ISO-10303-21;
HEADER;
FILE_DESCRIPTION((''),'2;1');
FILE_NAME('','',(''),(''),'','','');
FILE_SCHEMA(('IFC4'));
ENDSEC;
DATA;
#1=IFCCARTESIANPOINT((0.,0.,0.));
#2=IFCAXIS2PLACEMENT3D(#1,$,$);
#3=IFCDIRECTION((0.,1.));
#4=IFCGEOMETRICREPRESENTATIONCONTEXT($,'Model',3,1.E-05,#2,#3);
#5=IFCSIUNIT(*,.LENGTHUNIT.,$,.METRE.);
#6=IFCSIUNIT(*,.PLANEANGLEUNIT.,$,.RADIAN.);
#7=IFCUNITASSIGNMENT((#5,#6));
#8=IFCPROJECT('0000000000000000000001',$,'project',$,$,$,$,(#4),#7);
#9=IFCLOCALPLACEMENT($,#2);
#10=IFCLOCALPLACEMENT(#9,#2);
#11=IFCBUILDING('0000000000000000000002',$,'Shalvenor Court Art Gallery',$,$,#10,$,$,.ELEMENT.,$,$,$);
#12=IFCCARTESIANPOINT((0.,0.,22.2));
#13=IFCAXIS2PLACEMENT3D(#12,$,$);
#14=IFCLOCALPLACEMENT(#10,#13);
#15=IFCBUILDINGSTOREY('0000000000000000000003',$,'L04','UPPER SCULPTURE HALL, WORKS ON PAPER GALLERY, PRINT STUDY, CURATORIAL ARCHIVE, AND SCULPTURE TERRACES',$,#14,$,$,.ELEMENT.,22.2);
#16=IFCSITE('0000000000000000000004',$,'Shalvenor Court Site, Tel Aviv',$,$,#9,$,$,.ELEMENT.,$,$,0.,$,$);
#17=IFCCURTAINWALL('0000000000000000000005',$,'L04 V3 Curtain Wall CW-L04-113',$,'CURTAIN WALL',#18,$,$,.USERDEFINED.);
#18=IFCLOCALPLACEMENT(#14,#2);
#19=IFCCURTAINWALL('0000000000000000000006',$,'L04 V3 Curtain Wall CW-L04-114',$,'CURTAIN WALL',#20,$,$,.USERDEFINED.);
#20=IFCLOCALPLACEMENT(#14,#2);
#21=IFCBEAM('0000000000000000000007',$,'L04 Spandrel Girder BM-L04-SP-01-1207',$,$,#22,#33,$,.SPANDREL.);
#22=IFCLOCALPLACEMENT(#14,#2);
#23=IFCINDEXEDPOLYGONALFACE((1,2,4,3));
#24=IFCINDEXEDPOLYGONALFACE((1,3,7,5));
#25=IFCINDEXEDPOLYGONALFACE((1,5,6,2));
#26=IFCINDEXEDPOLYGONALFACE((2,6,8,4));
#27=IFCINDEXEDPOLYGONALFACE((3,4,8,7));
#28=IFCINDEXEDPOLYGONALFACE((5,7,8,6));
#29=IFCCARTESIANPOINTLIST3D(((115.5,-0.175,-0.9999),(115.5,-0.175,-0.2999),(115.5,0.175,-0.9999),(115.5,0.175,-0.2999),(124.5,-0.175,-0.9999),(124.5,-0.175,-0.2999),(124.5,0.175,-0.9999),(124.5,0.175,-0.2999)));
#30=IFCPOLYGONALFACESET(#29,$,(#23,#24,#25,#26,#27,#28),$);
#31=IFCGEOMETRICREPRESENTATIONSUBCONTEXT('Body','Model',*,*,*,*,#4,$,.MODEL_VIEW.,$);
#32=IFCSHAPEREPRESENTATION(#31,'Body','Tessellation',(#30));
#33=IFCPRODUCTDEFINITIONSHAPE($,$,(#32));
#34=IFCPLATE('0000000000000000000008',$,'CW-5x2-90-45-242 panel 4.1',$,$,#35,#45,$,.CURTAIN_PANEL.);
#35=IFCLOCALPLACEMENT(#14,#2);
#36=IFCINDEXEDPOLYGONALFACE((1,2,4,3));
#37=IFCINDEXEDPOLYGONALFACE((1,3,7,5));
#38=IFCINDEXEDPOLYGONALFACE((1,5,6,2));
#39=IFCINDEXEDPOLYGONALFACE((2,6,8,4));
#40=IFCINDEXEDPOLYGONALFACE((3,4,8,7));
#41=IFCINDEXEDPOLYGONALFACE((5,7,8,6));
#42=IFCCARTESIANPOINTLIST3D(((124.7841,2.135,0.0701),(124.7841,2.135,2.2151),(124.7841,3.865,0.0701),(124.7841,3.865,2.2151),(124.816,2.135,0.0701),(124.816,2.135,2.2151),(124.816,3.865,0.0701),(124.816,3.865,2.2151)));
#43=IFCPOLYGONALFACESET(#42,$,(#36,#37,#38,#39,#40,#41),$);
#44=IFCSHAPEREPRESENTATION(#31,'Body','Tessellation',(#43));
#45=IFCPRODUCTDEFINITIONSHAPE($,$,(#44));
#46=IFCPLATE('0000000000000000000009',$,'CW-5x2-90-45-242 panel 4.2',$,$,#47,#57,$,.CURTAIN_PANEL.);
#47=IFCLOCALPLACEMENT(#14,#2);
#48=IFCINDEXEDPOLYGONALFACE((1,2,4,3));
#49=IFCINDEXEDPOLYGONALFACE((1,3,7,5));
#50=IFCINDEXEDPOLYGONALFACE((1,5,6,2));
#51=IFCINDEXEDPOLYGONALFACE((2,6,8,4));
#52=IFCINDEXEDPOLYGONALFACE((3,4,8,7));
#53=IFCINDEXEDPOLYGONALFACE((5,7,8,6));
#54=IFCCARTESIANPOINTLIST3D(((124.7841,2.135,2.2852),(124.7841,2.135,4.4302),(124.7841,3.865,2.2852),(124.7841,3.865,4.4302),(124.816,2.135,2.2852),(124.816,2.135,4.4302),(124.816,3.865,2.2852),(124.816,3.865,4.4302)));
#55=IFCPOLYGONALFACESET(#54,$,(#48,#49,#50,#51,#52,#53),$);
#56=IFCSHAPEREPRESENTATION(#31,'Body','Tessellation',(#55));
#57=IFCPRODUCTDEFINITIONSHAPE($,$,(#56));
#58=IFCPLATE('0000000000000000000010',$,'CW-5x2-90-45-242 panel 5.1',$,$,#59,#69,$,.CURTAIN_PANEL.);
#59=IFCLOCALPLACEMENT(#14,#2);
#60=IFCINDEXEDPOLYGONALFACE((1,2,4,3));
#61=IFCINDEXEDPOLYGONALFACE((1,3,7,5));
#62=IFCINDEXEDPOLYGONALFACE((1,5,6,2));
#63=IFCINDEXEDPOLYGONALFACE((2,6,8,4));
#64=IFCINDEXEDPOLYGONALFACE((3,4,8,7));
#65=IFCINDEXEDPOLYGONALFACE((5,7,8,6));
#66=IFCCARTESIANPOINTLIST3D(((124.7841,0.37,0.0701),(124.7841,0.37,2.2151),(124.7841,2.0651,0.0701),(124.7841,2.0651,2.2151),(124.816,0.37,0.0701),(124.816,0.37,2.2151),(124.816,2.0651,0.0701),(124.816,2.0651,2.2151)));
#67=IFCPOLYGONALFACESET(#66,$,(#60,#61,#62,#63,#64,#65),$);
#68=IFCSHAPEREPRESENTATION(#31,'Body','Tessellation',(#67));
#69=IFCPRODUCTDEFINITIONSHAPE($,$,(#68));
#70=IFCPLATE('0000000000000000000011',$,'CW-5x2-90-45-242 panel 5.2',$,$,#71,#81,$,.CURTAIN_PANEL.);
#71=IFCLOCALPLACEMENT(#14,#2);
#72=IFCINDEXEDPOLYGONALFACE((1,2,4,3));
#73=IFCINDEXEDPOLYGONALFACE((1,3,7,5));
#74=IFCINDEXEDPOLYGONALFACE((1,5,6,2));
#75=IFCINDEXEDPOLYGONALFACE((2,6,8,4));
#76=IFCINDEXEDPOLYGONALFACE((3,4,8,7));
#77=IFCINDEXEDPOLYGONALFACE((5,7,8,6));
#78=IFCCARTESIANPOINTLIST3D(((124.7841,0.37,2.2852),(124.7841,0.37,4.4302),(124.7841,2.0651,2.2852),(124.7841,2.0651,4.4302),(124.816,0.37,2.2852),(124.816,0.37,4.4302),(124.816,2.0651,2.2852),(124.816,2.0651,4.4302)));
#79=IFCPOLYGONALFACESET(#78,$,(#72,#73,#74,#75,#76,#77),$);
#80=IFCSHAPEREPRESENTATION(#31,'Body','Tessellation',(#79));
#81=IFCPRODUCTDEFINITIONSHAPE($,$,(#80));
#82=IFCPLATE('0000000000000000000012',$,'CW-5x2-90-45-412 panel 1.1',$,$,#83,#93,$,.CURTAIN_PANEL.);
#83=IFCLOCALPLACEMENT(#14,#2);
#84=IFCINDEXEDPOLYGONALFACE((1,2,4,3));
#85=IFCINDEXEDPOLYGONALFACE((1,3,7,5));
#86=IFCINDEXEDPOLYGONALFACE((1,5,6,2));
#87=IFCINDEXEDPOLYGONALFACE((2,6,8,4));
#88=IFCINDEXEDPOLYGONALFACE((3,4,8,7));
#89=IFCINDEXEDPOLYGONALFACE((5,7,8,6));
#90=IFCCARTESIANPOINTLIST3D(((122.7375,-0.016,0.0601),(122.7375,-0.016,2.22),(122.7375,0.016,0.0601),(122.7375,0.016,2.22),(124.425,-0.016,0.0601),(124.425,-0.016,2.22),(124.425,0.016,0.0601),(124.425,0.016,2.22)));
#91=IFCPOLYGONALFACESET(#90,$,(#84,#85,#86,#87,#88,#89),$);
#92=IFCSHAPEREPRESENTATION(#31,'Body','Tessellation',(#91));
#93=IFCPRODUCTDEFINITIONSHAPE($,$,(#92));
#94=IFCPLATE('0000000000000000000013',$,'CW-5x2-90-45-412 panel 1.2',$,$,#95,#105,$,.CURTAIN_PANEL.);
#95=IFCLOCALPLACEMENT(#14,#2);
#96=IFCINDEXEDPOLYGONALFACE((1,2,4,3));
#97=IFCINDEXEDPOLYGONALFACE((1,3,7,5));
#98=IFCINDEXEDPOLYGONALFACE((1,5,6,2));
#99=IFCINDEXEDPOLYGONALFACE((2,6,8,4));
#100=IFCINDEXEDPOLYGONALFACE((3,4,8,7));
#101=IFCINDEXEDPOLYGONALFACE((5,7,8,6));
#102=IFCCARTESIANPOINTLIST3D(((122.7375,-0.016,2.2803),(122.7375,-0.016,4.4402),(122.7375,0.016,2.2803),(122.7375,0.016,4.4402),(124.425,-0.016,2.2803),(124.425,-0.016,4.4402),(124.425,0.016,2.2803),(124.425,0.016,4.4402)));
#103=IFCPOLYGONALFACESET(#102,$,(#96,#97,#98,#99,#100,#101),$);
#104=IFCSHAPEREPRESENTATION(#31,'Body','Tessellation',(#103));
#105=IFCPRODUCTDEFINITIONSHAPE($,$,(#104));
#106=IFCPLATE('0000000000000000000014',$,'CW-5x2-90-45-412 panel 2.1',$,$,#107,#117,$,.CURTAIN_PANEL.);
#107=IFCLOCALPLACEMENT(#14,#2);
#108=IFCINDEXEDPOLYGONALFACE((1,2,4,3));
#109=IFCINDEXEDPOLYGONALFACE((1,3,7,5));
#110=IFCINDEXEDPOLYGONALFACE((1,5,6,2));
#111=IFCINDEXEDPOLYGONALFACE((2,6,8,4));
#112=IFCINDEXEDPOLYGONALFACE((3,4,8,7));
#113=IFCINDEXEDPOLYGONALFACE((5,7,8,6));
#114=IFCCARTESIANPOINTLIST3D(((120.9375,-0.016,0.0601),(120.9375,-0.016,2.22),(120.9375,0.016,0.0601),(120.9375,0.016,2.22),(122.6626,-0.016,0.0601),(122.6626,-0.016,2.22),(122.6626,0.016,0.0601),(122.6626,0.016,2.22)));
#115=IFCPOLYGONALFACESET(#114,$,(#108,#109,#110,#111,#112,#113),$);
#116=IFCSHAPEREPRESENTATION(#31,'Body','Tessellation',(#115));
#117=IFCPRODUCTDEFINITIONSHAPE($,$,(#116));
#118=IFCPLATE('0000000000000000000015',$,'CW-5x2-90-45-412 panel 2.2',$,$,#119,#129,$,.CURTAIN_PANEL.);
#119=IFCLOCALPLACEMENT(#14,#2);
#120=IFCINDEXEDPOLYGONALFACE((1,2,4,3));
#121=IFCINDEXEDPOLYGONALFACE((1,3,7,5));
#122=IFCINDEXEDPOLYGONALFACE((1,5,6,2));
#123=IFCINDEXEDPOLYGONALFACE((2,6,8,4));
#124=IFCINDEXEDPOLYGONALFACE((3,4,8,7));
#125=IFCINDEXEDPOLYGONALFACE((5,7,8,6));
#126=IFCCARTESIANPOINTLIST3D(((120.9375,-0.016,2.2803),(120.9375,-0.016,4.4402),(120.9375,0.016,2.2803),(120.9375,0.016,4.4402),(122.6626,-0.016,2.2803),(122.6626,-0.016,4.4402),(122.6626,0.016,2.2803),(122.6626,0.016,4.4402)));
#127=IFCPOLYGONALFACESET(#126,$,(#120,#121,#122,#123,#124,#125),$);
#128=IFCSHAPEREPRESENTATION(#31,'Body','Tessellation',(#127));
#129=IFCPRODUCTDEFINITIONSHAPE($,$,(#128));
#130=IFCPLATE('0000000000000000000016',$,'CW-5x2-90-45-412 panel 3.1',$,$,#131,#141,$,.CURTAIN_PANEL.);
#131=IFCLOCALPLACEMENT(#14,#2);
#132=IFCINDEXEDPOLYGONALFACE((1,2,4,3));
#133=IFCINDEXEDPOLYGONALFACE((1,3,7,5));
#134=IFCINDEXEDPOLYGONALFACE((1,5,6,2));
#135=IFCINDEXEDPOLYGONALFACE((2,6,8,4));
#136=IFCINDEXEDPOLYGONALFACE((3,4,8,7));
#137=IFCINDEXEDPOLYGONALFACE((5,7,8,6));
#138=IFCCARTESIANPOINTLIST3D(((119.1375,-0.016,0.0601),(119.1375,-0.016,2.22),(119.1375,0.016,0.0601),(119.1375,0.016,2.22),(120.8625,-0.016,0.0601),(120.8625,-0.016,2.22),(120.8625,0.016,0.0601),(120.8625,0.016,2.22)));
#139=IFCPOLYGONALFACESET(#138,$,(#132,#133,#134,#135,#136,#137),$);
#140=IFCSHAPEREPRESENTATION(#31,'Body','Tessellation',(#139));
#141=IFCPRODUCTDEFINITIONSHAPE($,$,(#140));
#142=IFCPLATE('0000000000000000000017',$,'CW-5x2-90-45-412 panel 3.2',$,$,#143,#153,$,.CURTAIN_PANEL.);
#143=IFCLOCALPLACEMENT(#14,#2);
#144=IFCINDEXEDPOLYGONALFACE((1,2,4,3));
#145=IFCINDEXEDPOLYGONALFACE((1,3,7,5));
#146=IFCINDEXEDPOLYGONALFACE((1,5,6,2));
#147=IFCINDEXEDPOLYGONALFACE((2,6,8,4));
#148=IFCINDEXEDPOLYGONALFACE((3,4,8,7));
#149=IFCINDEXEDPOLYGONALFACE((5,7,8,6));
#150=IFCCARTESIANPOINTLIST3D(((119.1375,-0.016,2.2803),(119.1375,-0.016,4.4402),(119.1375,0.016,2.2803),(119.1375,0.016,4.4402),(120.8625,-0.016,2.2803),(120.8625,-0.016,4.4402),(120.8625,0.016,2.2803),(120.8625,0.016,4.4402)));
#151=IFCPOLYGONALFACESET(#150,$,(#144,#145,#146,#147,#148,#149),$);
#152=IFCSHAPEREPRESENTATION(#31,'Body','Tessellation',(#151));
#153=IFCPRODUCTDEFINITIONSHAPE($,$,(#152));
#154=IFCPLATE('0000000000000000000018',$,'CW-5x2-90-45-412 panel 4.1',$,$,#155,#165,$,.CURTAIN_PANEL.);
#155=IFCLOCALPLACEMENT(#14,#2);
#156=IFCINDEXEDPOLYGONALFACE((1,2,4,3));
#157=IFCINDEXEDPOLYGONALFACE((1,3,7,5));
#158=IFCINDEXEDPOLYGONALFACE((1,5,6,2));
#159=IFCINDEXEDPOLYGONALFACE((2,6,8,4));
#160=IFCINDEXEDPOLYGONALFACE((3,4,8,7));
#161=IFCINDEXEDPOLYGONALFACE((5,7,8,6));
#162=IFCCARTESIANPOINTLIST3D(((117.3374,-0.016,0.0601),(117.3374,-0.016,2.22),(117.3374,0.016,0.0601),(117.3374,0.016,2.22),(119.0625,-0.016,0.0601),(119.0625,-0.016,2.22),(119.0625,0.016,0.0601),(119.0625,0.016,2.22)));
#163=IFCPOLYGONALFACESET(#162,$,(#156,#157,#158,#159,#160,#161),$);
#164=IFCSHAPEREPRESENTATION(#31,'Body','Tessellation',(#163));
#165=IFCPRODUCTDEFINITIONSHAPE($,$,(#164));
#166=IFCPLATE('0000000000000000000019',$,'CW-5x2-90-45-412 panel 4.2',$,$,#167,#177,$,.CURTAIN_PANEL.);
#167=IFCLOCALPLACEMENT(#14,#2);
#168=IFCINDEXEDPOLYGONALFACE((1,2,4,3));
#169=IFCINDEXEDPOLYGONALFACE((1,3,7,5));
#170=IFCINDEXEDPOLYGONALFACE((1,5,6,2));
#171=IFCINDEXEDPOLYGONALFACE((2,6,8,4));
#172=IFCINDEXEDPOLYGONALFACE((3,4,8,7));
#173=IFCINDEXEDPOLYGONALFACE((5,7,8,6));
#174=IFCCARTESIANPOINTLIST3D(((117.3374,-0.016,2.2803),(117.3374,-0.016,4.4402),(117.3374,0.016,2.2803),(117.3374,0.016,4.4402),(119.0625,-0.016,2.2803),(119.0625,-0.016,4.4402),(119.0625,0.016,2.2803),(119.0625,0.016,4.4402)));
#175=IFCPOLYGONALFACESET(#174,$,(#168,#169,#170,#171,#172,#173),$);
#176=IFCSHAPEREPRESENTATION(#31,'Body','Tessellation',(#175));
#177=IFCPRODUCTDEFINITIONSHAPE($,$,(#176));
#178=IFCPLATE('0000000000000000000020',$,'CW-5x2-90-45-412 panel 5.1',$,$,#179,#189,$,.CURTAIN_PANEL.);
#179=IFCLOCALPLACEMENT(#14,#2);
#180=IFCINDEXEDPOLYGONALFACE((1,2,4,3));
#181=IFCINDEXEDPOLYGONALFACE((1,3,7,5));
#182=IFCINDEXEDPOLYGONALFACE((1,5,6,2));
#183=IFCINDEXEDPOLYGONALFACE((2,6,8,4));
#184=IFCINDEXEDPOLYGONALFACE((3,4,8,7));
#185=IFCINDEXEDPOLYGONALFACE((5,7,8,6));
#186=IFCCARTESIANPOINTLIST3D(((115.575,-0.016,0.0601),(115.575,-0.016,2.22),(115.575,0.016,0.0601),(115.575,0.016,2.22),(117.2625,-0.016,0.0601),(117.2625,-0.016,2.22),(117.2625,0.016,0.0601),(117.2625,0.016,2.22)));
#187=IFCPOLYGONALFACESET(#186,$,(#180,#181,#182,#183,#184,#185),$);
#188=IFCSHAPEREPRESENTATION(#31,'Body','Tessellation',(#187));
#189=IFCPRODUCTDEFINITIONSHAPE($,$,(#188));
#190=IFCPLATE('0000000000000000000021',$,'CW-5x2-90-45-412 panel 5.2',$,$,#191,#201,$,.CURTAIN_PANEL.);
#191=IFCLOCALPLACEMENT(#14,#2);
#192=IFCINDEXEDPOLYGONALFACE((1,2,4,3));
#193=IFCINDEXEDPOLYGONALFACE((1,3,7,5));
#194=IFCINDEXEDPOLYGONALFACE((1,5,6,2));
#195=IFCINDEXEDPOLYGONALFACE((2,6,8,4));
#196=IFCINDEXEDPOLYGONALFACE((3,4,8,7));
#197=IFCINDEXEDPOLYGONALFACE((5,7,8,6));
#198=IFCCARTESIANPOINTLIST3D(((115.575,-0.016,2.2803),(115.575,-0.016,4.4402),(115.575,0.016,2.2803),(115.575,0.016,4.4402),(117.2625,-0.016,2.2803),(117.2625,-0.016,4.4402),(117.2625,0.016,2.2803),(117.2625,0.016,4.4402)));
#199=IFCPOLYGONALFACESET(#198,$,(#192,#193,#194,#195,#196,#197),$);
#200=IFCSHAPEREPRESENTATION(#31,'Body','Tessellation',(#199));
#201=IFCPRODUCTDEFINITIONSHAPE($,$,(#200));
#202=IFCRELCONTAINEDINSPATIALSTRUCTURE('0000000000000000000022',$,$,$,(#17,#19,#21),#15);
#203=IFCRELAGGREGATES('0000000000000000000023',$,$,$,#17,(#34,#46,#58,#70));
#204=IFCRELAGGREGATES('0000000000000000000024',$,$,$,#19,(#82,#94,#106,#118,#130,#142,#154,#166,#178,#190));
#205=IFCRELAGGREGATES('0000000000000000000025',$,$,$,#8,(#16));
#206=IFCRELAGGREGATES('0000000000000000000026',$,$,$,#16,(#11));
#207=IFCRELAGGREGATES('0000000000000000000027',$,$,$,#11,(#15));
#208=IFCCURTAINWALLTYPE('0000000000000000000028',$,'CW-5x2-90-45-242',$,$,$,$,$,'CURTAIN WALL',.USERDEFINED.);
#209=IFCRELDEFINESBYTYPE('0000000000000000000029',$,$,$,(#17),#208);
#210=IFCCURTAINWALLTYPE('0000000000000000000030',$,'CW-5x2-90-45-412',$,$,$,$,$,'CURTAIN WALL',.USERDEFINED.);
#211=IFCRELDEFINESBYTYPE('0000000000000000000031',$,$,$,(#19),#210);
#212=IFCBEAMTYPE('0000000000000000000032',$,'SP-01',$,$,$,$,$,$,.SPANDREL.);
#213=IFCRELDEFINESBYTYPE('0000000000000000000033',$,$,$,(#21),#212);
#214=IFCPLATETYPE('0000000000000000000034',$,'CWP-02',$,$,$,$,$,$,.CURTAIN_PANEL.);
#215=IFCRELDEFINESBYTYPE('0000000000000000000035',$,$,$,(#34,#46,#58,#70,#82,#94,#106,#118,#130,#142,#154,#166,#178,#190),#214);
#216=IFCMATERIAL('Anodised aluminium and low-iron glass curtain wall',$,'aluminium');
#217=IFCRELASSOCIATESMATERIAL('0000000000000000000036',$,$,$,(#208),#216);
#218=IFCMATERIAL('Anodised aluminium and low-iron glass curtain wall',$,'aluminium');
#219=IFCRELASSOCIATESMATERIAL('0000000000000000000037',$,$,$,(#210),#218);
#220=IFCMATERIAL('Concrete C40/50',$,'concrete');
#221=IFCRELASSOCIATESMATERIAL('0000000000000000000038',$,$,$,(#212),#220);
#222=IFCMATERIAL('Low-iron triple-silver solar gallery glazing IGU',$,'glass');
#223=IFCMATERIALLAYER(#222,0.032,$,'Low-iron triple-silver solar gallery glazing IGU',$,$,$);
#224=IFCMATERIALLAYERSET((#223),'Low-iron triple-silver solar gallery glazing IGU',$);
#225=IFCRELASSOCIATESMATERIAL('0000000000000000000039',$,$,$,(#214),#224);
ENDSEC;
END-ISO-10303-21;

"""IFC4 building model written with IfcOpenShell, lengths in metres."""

from ifc_helpers import new_model, si_unit, direction, frame, origin, origin_2d, place, context, subcontext, project, spatial, rectangle, extrude, material, layer, layer_set, material_profile, profile_set, type_object, element, aggregate, save


model = new_model("IFC4")

# Units and contexts
model_context = context("Model", 3, precision=1e-05, world=origin(), true_north=direction((0.0, 1.0)))
body_context = subcontext(model_context, "Body", "Model", "MODEL_VIEW")
ifc_project = project(units=[si_unit("LENGTHUNIT", "METRE"), si_unit("PLANEANGLEUNIT", "RADIAN")], contexts=[model_context])

# Site, building, storey
site_placement = place(None, origin())
site = spatial("IfcSite", under=ifc_project, at=site_placement, Name="Shalvenor Court Site, Tel Aviv", CompositionType="ELEMENT", RefElevation=0.0)
building_placement = place(site_placement, origin())
building = spatial("IfcBuilding", under=site, at=building_placement, Name="Shalvenor Court Art Gallery", CompositionType="ELEMENT")
storey_placement = place(building_placement, frame((0.0, 0.0, 22.2)))
storey = spatial("IfcBuildingStorey", under=building, at=storey_placement, Name="L04", Description="UPPER SCULPTURE HALL, WORKS ON PAPER GALLERY, PRINT STUDY, CURATORIAL ARCHIVE, AND SCULPTURE TERRACES", CompositionType="ELEMENT", Elevation=22.2)

# Curtain walls
ifc_material_1 = material(Name="Anodised aluminium and low-iron glass curtain wall", Category="aluminium")
curtain_wall_type_1 = type_object("IfcCurtainWallType", Name="CW-5x2-90-45-242", ElementType="CURTAIN WALL", PredefinedType="USERDEFINED", material=ifc_material_1)
curtain_wall_1_placement = place(storey_placement, origin())
curtain_wall_1 = element("IfcCurtainWall", 1, at=curtain_wall_1_placement, inside=storey, type_object=curtain_wall_type_1, Name="L04 V3 Curtain Wall CW-L04-113", ObjectType="CURTAIN WALL", PredefinedType="USERDEFINED")
ifc_material_2 = material(Name="Anodised aluminium and low-iron glass curtain wall", Category="aluminium")
curtain_wall_type_2 = type_object("IfcCurtainWallType", Name="CW-5x2-90-45-412", ElementType="CURTAIN WALL", PredefinedType="USERDEFINED", material=ifc_material_2)
curtain_wall_2_placement = place(storey_placement, origin())
curtain_wall_2 = element("IfcCurtainWall", 2, at=curtain_wall_2_placement, inside=storey, type_object=curtain_wall_type_2, Name="L04 V3 Curtain Wall CW-L04-114", ObjectType="CURTAIN WALL", PredefinedType="USERDEFINED")

# Beam
ifc_material_3 = material(Name="Concrete C40/50", Category="concrete")
ifc_material_profile_1 = material_profile(ifc_material_3, rectangle(XDim=0.3501, YDim=0.7, at=origin_2d()), Name="RC 350x700")
ifc_profile_set_1 = profile_set([ifc_material_profile_1], Name="Concrete C40/50")
beam_type_1 = type_object("IfcBeamType", Name="SP-01", PredefinedType="SPANDREL", material=ifc_profile_set_1)
beam_1_placement = place(storey_placement, frame((115.5, 0.0, -0.6499), z_axis=(1.0, 0.0, 0.0), x_axis=(0.0, 1.0, 0.0)))
element("IfcBeam", 3, at=beam_1_placement, inside=storey, type_object=beam_type_1, Name="L04 Spandrel Girder BM-L04-SP-01-1207", PredefinedType="SPANDREL", context=body_context, shape_type="SweptSolid", body=[
    extrude(rectangle(XDim=0.3501, YDim=0.7, at=origin_2d()), origin(), (0.0, 0.0, 1.0), 9.0),
])

# Plates
ifc_material_4 = material(Name="Low-iron triple-silver solar gallery glazing IGU", Category="glass")
ifc_layer_1 = layer(ifc_material_4, 0.032, Name="Low-iron triple-silver solar gallery glazing IGU")
ifc_layer_set_1 = layer_set([ifc_layer_1], Name="Low-iron triple-silver solar gallery glazing IGU")
plate_type_1 = type_object("IfcPlateType", Name="CWP-02", PredefinedType="CURTAIN_PANEL", material=ifc_layer_set_1)
plate_1_placement = place(storey_placement, frame((124.8, 3.0, 0.0701), z_axis=(0.0, 0.0, 1.0), x_axis=(0.0, -1.0, 0.0)))
plate_1 = element("IfcPlate", 4, at=plate_1_placement, type_object=plate_type_1, Name="CW-5x2-90-45-242 panel 4.1", PredefinedType="CURTAIN_PANEL", context=body_context, shape_type="SweptSolid", body=[
    extrude(rectangle(XDim=1.73, YDim=0.032, at=origin_2d()), origin(), (0.0, 0.0, 1.0), 2.145),
])
plate_2_placement = place(storey_placement, frame((124.8, 3.0, 2.2852), z_axis=(0.0, 0.0, 1.0), x_axis=(0.0, -1.0, 0.0)))
plate_2 = element("IfcPlate", 5, at=plate_2_placement, type_object=plate_type_1, Name="CW-5x2-90-45-242 panel 4.2", PredefinedType="CURTAIN_PANEL", context=body_context, shape_type="SweptSolid", body=[
    extrude(rectangle(XDim=1.73, YDim=0.032, at=origin_2d()), origin(), (0.0, 0.0, 1.0), 2.145),
])
plate_3_placement = place(storey_placement, frame((124.8, 1.2175, 0.0701), z_axis=(0.0, 0.0, 1.0), x_axis=(0.0, -1.0, 0.0)))
plate_3 = element("IfcPlate", 6, at=plate_3_placement, type_object=plate_type_1, Name="CW-5x2-90-45-242 panel 5.1", PredefinedType="CURTAIN_PANEL", context=body_context, shape_type="SweptSolid", body=[
    extrude(rectangle(XDim=1.6951, YDim=0.032, at=origin_2d()), origin(), (0.0, 0.0, 1.0), 2.145),
])
plate_4_placement = place(storey_placement, frame((124.8, 1.2175, 2.2852), z_axis=(0.0, 0.0, 1.0), x_axis=(0.0, -1.0, 0.0)))
plate_4 = element("IfcPlate", 7, at=plate_4_placement, type_object=plate_type_1, Name="CW-5x2-90-45-242 panel 5.2", PredefinedType="CURTAIN_PANEL", context=body_context, shape_type="SweptSolid", body=[
    extrude(rectangle(XDim=1.6951, YDim=0.032, at=origin_2d()), origin(), (0.0, 0.0, 1.0), 2.145),
])
aggregate(curtain_wall_1, [plate_1, plate_2, plate_3, plate_4])
plate_5_placement = place(storey_placement, frame((123.5813, 0.0, 0.0601), z_axis=(0.0, 0.0, 1.0), x_axis=(-1.0, 0.0, 0.0)))
plate_5 = element("IfcPlate", 8, at=plate_5_placement, type_object=plate_type_1, Name="CW-5x2-90-45-412 panel 1.1", PredefinedType="CURTAIN_PANEL", context=body_context, shape_type="SweptSolid", body=[
    extrude(rectangle(XDim=1.6875, YDim=0.032, at=origin_2d()), origin(), (0.0, 0.0, 1.0), 2.1599),
])
plate_6_placement = place(storey_placement, frame((123.5813, 0.0, 2.2803), z_axis=(0.0, 0.0, 1.0), x_axis=(-1.0, 0.0, 0.0)))
plate_6 = element("IfcPlate", 9, at=plate_6_placement, type_object=plate_type_1, Name="CW-5x2-90-45-412 panel 1.2", PredefinedType="CURTAIN_PANEL", context=body_context, shape_type="SweptSolid", body=[
    extrude(rectangle(XDim=1.6875, YDim=0.032, at=origin_2d()), origin(), (0.0, 0.0, 1.0), 2.1599),
])
plate_7_placement = place(storey_placement, frame((121.8, 0.0, 0.0601), z_axis=(0.0, 0.0, 1.0), x_axis=(-1.0, 0.0, 0.0)))
plate_7 = element("IfcPlate", 10, at=plate_7_placement, type_object=plate_type_1, Name="CW-5x2-90-45-412 panel 2.1", PredefinedType="CURTAIN_PANEL", context=body_context, shape_type="SweptSolid", body=[
    extrude(rectangle(XDim=1.7251, YDim=0.032, at=origin_2d()), origin(), (0.0, 0.0, 1.0), 2.1599),
])
plate_8_placement = place(storey_placement, frame((121.8, 0.0, 2.2803), z_axis=(0.0, 0.0, 1.0), x_axis=(-1.0, 0.0, 0.0)))
plate_8 = element("IfcPlate", 11, at=plate_8_placement, type_object=plate_type_1, Name="CW-5x2-90-45-412 panel 2.2", PredefinedType="CURTAIN_PANEL", context=body_context, shape_type="SweptSolid", body=[
    extrude(rectangle(XDim=1.7251, YDim=0.032, at=origin_2d()), origin(), (0.0, 0.0, 1.0), 2.1599),
])
plate_9_placement = place(storey_placement, frame((120.0, 0.0, 0.0601), z_axis=(0.0, 0.0, 1.0), x_axis=(-1.0, 0.0, 0.0)))
plate_9 = element("IfcPlate", 12, at=plate_9_placement, type_object=plate_type_1, Name="CW-5x2-90-45-412 panel 3.1", PredefinedType="CURTAIN_PANEL", context=body_context, shape_type="SweptSolid", body=[
    extrude(rectangle(XDim=1.7251, YDim=0.032, at=origin_2d()), origin(), (0.0, 0.0, 1.0), 2.1599),
])
plate_10_placement = place(storey_placement, frame((120.0, 0.0, 2.2803), z_axis=(0.0, 0.0, 1.0), x_axis=(-1.0, 0.0, 0.0)))
plate_10 = element("IfcPlate", 13, at=plate_10_placement, type_object=plate_type_1, Name="CW-5x2-90-45-412 panel 3.2", PredefinedType="CURTAIN_PANEL", context=body_context, shape_type="SweptSolid", body=[
    extrude(rectangle(XDim=1.7251, YDim=0.032, at=origin_2d()), origin(), (0.0, 0.0, 1.0), 2.1599),
])
plate_11_placement = place(storey_placement, frame((118.2, 0.0, 0.0601), z_axis=(0.0, 0.0, 1.0), x_axis=(-1.0, 0.0, 0.0)))
plate_11 = element("IfcPlate", 14, at=plate_11_placement, type_object=plate_type_1, Name="CW-5x2-90-45-412 panel 4.1", PredefinedType="CURTAIN_PANEL", context=body_context, shape_type="SweptSolid", body=[
    extrude(rectangle(XDim=1.7251, YDim=0.032, at=origin_2d()), origin(), (0.0, 0.0, 1.0), 2.1599),
])
plate_12_placement = place(storey_placement, frame((118.2, 0.0, 2.2803), z_axis=(0.0, 0.0, 1.0), x_axis=(-1.0, 0.0, 0.0)))
plate_12 = element("IfcPlate", 15, at=plate_12_placement, type_object=plate_type_1, Name="CW-5x2-90-45-412 panel 4.2", PredefinedType="CURTAIN_PANEL", context=body_context, shape_type="SweptSolid", body=[
    extrude(rectangle(XDim=1.7251, YDim=0.032, at=origin_2d()), origin(), (0.0, 0.0, 1.0), 2.1599),
])
plate_13_placement = place(storey_placement, frame((116.4187, 0.0, 0.0601), z_axis=(0.0, 0.0, 1.0), x_axis=(-1.0, 0.0, 0.0)))
plate_13 = element("IfcPlate", 16, at=plate_13_placement, type_object=plate_type_1, Name="CW-5x2-90-45-412 panel 5.1", PredefinedType="CURTAIN_PANEL", context=body_context, shape_type="SweptSolid", body=[
    extrude(rectangle(XDim=1.6875, YDim=0.032, at=origin_2d()), origin(), (0.0, 0.0, 1.0), 2.1599),
])
plate_14_placement = place(storey_placement, frame((116.4187, 0.0, 2.2803), z_axis=(0.0, 0.0, 1.0), x_axis=(-1.0, 0.0, 0.0)))
plate_14 = element("IfcPlate", 17, at=plate_14_placement, type_object=plate_type_1, Name="CW-5x2-90-45-412 panel 5.2", PredefinedType="CURTAIN_PANEL", context=body_context, shape_type="SweptSolid", body=[
    extrude(rectangle(XDim=1.6875, YDim=0.032, at=origin_2d()), origin(), (0.0, 0.0, 1.0), 2.1599),
])
aggregate(curtain_wall_2, [plate_5, plate_6, plate_7, plate_8, plate_9, plate_10, plate_11, plate_12, plate_13, plate_14])

save(model, "model.ifc")
